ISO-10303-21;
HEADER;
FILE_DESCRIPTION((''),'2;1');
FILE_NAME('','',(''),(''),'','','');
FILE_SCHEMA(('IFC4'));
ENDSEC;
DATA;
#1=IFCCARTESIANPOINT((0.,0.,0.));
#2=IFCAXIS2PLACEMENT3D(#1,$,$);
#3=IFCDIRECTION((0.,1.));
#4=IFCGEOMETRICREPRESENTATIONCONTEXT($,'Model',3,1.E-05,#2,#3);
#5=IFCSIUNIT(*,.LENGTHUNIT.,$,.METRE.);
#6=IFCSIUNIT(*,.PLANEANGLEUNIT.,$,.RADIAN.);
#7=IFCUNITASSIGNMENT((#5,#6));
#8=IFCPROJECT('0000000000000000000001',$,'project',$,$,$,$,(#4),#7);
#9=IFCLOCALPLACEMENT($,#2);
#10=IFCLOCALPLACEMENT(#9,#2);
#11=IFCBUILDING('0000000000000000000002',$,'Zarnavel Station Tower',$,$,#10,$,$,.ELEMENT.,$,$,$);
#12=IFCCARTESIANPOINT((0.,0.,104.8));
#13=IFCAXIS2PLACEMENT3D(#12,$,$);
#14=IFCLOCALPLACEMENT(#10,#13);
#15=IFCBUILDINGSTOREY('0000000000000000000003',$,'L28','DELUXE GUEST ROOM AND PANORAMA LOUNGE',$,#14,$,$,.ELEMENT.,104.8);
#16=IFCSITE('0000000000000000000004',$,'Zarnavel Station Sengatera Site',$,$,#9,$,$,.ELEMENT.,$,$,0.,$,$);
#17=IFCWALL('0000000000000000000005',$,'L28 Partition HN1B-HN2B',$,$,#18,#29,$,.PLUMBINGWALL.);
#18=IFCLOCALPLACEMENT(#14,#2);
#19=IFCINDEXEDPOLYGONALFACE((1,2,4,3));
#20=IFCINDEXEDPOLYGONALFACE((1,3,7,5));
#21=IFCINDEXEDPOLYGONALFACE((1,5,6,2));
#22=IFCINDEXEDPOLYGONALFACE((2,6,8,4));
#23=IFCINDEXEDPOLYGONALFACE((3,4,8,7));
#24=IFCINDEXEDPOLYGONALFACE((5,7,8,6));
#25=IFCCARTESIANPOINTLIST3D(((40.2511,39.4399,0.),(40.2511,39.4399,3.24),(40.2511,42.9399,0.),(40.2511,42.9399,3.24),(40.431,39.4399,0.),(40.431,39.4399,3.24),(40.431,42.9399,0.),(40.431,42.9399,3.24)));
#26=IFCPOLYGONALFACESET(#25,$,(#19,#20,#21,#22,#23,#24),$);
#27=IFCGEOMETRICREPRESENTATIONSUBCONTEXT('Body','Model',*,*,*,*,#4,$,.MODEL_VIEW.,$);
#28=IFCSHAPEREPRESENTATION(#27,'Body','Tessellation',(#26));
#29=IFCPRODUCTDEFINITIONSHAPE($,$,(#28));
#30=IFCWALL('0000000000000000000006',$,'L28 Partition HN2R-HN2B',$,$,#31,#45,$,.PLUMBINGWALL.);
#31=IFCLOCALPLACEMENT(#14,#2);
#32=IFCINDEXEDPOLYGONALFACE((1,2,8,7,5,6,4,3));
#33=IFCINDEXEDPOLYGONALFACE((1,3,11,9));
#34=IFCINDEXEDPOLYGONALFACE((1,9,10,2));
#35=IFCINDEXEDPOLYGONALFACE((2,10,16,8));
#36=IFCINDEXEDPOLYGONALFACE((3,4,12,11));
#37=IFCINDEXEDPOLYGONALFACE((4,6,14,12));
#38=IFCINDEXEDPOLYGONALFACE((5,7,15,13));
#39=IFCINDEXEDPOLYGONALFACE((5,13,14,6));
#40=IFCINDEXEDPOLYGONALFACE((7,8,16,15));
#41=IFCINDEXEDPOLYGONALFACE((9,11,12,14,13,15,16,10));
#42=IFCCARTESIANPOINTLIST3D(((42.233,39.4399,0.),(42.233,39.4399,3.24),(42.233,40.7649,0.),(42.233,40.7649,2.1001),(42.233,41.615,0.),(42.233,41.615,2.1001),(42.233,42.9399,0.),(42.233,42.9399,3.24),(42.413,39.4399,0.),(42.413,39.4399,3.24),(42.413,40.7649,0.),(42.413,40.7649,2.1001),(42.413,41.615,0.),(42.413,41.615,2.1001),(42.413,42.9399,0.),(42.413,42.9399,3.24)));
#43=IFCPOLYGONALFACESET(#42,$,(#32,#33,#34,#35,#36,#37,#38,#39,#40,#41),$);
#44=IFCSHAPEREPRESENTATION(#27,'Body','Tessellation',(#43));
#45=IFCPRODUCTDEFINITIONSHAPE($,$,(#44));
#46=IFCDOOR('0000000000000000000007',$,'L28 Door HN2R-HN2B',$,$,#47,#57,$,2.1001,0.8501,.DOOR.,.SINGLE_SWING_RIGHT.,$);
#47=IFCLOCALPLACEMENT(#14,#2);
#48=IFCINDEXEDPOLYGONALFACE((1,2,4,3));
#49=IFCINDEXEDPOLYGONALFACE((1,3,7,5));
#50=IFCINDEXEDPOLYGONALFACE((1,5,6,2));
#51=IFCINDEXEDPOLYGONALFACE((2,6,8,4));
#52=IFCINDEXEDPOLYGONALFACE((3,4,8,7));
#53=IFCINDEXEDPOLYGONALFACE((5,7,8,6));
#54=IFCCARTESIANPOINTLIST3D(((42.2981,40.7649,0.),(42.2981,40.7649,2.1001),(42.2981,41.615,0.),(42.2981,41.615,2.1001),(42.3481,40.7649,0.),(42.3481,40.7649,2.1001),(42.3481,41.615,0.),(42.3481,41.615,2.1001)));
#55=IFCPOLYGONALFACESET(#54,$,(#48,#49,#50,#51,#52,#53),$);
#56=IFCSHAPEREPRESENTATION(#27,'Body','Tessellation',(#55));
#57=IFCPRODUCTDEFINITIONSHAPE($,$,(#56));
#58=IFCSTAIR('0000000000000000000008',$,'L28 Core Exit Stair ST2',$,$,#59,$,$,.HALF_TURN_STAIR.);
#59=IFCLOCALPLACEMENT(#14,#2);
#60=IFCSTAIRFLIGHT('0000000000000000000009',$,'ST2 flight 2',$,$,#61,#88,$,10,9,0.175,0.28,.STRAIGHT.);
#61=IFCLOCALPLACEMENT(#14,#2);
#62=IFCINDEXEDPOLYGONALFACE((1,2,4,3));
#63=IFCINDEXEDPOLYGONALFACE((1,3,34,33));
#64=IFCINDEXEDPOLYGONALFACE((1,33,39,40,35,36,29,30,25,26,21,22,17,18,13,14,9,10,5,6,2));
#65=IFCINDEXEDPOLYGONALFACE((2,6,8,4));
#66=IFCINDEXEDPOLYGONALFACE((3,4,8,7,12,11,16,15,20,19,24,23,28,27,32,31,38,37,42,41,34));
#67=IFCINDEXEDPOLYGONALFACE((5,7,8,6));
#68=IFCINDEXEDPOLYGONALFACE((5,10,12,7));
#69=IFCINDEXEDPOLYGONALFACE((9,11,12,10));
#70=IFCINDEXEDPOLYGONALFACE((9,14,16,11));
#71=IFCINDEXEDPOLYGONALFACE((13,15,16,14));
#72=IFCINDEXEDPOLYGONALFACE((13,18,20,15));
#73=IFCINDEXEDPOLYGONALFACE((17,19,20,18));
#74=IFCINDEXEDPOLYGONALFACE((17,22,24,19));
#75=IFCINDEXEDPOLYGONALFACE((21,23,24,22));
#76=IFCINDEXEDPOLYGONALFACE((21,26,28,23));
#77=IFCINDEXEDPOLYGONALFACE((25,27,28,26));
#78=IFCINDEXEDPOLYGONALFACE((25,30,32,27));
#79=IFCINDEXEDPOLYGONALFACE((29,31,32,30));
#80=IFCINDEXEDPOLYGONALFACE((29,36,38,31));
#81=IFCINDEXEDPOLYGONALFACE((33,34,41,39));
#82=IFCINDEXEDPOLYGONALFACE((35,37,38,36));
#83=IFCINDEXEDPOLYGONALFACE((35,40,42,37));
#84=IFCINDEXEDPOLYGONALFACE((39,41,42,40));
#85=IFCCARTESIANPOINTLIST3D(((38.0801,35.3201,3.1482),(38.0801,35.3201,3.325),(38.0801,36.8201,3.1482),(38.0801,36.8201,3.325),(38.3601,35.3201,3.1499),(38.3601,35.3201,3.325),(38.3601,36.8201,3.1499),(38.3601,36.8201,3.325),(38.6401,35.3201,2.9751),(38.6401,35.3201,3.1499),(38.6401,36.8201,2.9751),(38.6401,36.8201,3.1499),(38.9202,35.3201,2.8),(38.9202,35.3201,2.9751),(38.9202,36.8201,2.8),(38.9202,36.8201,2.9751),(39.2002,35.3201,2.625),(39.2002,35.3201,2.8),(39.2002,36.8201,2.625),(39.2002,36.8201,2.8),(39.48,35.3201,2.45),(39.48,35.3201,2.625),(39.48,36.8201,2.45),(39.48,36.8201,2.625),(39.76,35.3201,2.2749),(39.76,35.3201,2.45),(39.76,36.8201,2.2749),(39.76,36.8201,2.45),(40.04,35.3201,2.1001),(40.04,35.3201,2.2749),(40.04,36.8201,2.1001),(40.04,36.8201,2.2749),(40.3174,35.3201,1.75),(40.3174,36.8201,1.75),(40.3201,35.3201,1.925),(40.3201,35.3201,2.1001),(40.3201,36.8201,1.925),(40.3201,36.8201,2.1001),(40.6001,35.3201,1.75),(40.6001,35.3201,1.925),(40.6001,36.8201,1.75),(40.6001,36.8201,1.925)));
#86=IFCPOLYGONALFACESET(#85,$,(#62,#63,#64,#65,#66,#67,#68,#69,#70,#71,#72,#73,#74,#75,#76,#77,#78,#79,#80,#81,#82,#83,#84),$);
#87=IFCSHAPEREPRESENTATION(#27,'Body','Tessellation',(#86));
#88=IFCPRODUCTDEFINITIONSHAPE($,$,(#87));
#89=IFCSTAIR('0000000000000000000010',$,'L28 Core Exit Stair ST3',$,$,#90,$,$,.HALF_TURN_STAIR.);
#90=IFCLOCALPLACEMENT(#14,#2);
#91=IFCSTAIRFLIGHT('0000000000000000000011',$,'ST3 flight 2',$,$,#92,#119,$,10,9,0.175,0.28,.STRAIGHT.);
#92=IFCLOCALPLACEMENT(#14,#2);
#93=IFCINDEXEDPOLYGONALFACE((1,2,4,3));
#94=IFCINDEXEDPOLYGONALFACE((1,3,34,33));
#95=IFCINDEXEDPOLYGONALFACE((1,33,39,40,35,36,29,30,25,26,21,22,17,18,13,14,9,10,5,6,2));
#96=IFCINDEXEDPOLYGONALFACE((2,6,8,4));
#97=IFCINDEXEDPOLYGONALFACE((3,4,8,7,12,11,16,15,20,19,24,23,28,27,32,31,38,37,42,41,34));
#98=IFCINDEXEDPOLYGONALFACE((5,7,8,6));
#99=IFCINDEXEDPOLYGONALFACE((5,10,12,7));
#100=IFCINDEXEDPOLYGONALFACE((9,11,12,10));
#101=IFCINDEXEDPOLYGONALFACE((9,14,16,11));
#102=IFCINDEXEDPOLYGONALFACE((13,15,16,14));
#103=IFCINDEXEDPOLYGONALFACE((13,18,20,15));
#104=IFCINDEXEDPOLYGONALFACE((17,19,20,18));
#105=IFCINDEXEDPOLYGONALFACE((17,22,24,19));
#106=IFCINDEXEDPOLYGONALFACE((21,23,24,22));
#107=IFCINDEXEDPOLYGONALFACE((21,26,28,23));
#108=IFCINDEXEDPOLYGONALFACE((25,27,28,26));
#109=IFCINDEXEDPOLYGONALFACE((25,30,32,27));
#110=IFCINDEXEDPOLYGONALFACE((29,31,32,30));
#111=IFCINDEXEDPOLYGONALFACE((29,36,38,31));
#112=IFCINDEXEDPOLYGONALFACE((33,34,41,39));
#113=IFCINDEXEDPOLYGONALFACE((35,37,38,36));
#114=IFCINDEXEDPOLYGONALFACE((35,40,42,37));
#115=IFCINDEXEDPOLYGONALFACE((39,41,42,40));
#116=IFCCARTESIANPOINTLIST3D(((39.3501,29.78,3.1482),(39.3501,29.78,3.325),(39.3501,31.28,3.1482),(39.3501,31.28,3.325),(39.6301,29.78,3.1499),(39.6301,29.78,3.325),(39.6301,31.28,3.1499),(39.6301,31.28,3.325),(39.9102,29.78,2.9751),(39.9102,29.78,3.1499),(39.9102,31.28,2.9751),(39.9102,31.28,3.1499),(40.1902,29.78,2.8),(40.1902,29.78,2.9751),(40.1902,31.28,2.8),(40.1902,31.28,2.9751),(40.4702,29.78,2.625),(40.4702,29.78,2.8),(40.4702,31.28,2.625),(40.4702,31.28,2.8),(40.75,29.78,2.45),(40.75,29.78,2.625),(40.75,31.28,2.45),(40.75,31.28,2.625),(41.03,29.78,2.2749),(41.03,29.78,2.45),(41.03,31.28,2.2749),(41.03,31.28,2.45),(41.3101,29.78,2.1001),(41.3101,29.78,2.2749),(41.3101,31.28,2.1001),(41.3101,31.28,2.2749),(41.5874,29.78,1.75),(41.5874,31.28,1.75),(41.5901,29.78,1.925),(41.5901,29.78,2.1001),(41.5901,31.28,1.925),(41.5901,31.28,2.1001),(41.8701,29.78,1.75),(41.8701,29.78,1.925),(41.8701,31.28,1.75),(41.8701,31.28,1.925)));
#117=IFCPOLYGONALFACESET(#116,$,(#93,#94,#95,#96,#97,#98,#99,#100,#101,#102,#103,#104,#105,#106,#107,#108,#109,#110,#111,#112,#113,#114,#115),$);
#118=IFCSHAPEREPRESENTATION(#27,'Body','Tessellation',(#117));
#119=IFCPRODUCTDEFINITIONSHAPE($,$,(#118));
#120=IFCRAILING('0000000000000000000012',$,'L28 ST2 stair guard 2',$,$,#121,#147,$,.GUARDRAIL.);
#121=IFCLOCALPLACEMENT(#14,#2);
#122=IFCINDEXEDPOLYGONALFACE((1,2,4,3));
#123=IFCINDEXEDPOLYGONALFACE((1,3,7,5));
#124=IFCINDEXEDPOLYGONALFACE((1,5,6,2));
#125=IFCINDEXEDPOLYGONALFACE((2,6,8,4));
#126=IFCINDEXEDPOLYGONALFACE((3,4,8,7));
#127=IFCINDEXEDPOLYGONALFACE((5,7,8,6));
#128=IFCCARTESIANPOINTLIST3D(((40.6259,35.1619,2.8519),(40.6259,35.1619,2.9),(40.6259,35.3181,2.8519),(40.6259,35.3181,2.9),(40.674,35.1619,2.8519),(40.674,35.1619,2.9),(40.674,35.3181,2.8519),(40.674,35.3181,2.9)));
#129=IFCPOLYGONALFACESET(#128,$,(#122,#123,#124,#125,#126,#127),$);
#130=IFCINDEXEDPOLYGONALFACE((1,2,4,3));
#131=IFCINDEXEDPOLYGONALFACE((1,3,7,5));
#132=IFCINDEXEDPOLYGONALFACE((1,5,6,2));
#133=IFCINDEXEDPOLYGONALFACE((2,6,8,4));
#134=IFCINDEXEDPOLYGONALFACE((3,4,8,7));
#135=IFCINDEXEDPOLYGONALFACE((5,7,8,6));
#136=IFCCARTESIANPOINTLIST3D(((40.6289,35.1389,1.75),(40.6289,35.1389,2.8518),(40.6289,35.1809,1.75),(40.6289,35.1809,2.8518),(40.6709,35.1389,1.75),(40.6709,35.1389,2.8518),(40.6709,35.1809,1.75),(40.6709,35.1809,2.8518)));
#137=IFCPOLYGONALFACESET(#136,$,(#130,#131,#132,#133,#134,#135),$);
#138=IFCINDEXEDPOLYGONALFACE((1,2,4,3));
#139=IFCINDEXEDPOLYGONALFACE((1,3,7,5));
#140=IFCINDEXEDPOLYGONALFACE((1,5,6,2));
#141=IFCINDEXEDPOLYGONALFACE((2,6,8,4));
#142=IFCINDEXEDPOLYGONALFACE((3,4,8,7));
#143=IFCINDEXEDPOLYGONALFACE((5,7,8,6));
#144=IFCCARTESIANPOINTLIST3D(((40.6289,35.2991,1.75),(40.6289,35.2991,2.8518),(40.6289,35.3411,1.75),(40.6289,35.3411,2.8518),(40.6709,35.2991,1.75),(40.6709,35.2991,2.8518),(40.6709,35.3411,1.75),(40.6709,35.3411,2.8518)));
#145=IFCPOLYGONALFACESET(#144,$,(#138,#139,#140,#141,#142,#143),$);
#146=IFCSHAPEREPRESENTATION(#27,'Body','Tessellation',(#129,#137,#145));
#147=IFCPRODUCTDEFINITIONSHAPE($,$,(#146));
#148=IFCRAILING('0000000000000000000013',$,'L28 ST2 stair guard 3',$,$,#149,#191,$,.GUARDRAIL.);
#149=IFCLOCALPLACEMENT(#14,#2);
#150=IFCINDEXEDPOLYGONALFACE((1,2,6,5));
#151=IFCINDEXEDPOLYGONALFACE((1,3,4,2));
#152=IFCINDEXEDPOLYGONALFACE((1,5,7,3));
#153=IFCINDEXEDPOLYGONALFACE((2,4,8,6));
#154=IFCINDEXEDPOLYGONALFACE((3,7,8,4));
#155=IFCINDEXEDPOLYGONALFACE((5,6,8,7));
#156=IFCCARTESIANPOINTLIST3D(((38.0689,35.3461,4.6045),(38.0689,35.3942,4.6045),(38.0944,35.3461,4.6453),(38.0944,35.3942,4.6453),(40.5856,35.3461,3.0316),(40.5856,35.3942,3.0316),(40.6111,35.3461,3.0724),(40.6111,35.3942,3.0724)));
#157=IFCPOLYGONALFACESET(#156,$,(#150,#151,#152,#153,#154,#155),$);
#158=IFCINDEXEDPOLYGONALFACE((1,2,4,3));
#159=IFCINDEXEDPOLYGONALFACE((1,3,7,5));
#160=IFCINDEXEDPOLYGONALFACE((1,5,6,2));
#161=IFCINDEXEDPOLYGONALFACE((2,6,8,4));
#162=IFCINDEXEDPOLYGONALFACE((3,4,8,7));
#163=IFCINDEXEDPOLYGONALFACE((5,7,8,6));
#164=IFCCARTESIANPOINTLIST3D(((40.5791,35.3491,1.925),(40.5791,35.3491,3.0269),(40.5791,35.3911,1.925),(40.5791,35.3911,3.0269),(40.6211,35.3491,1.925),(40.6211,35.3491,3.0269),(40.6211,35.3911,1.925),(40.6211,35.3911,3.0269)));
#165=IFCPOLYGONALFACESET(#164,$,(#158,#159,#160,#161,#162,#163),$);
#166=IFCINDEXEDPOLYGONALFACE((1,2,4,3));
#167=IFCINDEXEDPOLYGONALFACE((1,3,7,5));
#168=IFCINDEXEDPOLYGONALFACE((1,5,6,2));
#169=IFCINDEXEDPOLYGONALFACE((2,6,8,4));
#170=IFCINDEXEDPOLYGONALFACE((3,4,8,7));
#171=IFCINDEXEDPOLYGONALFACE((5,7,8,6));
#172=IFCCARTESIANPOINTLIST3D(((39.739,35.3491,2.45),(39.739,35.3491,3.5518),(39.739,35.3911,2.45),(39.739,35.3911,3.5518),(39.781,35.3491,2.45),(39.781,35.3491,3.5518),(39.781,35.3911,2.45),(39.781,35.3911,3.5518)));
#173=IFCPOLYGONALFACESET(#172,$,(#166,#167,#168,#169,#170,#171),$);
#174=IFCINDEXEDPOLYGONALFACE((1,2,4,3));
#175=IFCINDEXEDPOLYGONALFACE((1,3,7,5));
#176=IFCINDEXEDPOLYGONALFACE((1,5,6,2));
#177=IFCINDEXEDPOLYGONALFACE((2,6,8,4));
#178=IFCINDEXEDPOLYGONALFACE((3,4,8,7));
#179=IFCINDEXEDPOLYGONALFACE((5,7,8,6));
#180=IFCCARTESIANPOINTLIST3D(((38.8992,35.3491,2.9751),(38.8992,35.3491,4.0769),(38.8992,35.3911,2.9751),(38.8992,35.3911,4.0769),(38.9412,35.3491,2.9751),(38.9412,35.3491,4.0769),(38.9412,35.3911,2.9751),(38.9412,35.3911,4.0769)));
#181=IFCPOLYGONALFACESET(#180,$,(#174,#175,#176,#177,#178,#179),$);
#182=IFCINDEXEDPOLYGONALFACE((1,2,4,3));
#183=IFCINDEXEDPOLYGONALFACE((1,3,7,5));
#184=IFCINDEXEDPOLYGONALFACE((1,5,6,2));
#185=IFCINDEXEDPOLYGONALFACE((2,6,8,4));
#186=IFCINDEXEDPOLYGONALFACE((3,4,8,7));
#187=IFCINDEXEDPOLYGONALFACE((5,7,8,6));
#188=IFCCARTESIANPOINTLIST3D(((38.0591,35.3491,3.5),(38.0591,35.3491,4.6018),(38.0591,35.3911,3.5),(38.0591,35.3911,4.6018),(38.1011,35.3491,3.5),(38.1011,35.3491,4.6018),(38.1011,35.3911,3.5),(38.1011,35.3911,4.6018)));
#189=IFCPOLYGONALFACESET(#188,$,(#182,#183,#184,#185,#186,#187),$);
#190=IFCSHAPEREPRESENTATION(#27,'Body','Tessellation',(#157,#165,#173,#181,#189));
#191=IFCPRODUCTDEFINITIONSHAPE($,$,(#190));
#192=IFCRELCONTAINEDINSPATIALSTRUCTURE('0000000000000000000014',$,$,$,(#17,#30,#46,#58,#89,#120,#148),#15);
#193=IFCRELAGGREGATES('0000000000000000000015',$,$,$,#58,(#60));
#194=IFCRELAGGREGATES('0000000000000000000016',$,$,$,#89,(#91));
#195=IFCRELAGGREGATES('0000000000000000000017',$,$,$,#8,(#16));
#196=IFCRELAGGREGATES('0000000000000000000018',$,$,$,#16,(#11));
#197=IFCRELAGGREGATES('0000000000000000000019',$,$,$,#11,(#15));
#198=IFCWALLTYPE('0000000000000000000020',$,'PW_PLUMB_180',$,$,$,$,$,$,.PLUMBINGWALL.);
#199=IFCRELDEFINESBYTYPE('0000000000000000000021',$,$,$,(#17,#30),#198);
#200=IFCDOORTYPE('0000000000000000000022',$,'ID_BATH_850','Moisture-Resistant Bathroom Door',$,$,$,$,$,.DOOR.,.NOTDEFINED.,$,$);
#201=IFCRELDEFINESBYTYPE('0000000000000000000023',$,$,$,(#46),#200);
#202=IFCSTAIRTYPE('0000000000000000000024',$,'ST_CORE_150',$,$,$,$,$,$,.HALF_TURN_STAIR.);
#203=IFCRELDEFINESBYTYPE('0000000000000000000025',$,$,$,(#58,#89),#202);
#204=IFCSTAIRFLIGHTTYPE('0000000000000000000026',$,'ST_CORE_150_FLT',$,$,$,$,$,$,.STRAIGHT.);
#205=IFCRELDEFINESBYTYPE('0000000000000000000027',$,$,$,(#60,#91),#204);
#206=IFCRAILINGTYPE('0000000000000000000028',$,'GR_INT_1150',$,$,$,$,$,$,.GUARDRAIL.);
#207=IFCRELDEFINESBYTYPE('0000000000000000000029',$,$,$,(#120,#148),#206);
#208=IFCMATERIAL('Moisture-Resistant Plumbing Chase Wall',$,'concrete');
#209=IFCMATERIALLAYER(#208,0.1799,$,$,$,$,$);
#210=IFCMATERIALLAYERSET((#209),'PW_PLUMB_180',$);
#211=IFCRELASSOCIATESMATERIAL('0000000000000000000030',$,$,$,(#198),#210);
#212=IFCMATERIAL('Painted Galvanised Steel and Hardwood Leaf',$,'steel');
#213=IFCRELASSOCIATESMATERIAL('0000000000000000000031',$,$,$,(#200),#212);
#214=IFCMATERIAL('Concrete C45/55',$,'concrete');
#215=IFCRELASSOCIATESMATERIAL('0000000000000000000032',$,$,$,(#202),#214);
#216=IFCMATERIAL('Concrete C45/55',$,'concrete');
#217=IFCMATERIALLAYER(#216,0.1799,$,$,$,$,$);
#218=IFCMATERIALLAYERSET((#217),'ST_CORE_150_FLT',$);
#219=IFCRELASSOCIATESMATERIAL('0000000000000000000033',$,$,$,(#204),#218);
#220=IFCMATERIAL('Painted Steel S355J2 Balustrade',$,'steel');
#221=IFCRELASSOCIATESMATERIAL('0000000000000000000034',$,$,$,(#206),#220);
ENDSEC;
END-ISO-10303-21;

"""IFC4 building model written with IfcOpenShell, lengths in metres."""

from ifc_helpers import new_model, si_unit, direction, frame, frame_2d, origin, origin_2d, place, context, subcontext, project, spatial, polyline, rectangle, outline, extrude, material, layer, layer_set, type_object, element, fill, aggregate, save


model = new_model("IFC4")

# Units and contexts
model_context = context("Model", 3, precision=1e-05, world=origin(), true_north=direction((0.0, 1.0)))
body_context = subcontext(model_context, "Body", "Model", "MODEL_VIEW")
ifc_project = project(units=[si_unit("LENGTHUNIT", "METRE"), si_unit("PLANEANGLEUNIT", "RADIAN")], contexts=[model_context])

# Site, building, storey
site_placement = place(None, origin())
site = spatial("IfcSite", under=ifc_project, at=site_placement, Name="Zarnavel Station Sengatera Site", CompositionType="ELEMENT", RefElevation=0.0)
building_placement = place(site_placement, origin())
building = spatial("IfcBuilding", under=site, at=building_placement, Name="Zarnavel Station Tower", CompositionType="ELEMENT")
storey_placement = place(building_placement, frame((0.0, 0.0, 104.8)))
storey = spatial("IfcBuildingStorey", under=building, at=storey_placement, Name="L28", Description="DELUXE GUEST ROOM AND PANORAMA LOUNGE", CompositionType="ELEMENT", Elevation=104.8)

# Shared definitions
ifc_material_1 = material(Name="Moisture-Resistant Plumbing Chase Wall", Category="concrete")
ifc_layer_1 = layer(ifc_material_1, 0.1799)
ifc_layer_set_1 = layer_set([ifc_layer_1], Name="PW_PLUMB_180")
wall_type_1 = type_object("IfcWallType", Name="PW_PLUMB_180", PredefinedType="PLUMBINGWALL", material=ifc_layer_set_1)

# Shared definitions
ifc_material_2 = material(Name="Painted Galvanised Steel and Hardwood Leaf", Category="steel")
door_type_1 = type_object("IfcDoorType", Name="ID_BATH_850", Description="Moisture-Resistant Bathroom Door", OperationType="NOTDEFINED", PredefinedType="DOOR", material=ifc_material_2)

# Wall
wall_1_placement = place(storey_placement, frame((40.3411, 39.4399, 0.0), z_axis=(0.0, 0.0, 1.0), x_axis=(0.0, 1.0, 0.0)))
element("IfcWall", 1, at=wall_1_placement, inside=storey, type_object=wall_type_1, Name="L28 Partition HN1B-HN2B", PredefinedType="PLUMBINGWALL", context=body_context, shape_type="SweptSolid", body=[
    extrude(rectangle(XDim=3.5, YDim=0.1799, at=frame_2d((1.75, 0.0))), origin(), (0.0, 0.0, 1.0), 3.24),
])

# Wall, opening, door
wall_2_placement = place(storey_placement, frame((42.323, 39.4399, 0.0), z_axis=(0.0, 0.0, 1.0), x_axis=(0.0, 1.0, 0.0)))
wall_2 = element("IfcWall", 2, at=wall_2_placement, inside=storey, type_object=wall_type_1, Name="L28 Partition HN2R-HN2B", PredefinedType="PLUMBINGWALL", context=body_context, shape_type="SweptSolid", body=[
    extrude(rectangle(XDim=3.5, YDim=0.1799, at=frame_2d((1.75, 0.0))), origin(), (0.0, 0.0, 1.0), 3.24),
])
opening_1_placement = place(wall_2_placement, frame((1.325, 0.0, 0.0)))
opening_1 = element("IfcOpeningElement", 3, at=opening_1_placement, cuts=wall_2, PredefinedType="OPENING", context=body_context, shape_type="SweptSolid", body=[
    extrude(rectangle(XDim=0.8501, YDim=2.1001, at=frame_2d((0.425, 1.05))), frame((0.0, 0.0999, 0.0), z_axis=(0.0, -1.0, 0.0), x_axis=(1.0, 0.0, 0.0)), (0.0, 0.0, 1.0), 0.2),
])
door_1_placement = place(opening_1_placement, origin())
door_1 = element("IfcDoor", 4, at=door_1_placement, inside=storey, type_object=door_type_1, Name="L28 Door HN2R-HN2B", OperationType="SINGLE_SWING_RIGHT", OverallHeight=2.1001, OverallWidth=0.8501, PredefinedType="DOOR", context=body_context, shape_type="SweptSolid", body=[
    extrude(rectangle(XDim=0.8501, YDim=2.1001, at=frame_2d((0.425, 1.05))), frame((0.0, 0.0249, 0.0), z_axis=(0.0, -1.0, 0.0), x_axis=(1.0, 0.0, 0.0)), (0.0, 0.0, 1.0), 0.05),
])
fill(opening_1, door_1)

# Stairs, stair flights
ifc_material_3 = material(Name="Concrete C45/55", Category="concrete")
stair_type = type_object("IfcStairType", Name="ST_CORE_150", PredefinedType="HALF_TURN_STAIR", material=ifc_material_3)
stair_1_placement = place(storey_placement, origin())
stair_1 = element("IfcStair", 5, at=stair_1_placement, inside=storey, type_object=stair_type, Name="L28 Core Exit Stair ST2", PredefinedType="HALF_TURN_STAIR")
ifc_material_4 = material(Name="Concrete C45/55", Category="concrete")
ifc_layer_2 = layer(ifc_material_4, 0.1799)
ifc_layer_set_2 = layer_set([ifc_layer_2], Name="ST_CORE_150_FLT")
stair_flight_type = type_object("IfcStairFlightType", Name="ST_CORE_150_FLT", PredefinedType="STRAIGHT", material=ifc_layer_set_2)
stair_flight_1_placement = place(storey_placement, frame((40.6001, 36.0701, 1.75), z_axis=(0.0, 0.0, 1.0), x_axis=(-1.0, 0.0, 0.0)))
stair_flight_1 = element("IfcStairFlight", 6, at=stair_flight_1_placement, type_object=stair_flight_type, Name="ST2 flight 2", NumberOfRisers=10, NumberOfTreads=9, PredefinedType="STRAIGHT", RiserHeight=0.175, TreadLength=0.28, context=body_context, shape_type="SweptSolid", body=[
    extrude(outline(polyline([(0.0, 0.0), (0.0, 0.175), (0.28, 0.175), (0.28, 0.3501), (0.5601, 0.3501), (0.5601, 0.5249), (0.8401, 0.5249), (0.8401, 0.7), (1.1201, 0.7), (1.1201, 0.875), (1.3999, 0.875), (1.3999, 1.05), (1.6799, 1.05), (1.6799, 1.2251), (1.96, 1.2251), (1.96, 1.3999), (2.24, 1.3999), (2.24, 1.575), (2.52, 1.575), (2.52, 1.75), (2.52, 1.3982), (0.2827, 0.0), (0.0, 0.0)])), frame((0.0, 0.75, 0.0), z_axis=(0.0, -1.0, 0.0), x_axis=(1.0, 0.0, 0.0)), (0.0, 0.0, 1.0), 1.5),
])
aggregate(stair_1, [stair_flight_1])
stair_2_placement = place(storey_placement, origin())
stair_2 = element("IfcStair", 7, at=stair_2_placement, inside=storey, type_object=stair_type, Name="L28 Core Exit Stair ST3", PredefinedType="HALF_TURN_STAIR")
stair_flight_2_placement = place(storey_placement, frame((41.8701, 30.53, 1.75), z_axis=(0.0, 0.0, 1.0), x_axis=(-1.0, 0.0, 0.0)))
stair_flight_2 = element("IfcStairFlight", 8, at=stair_flight_2_placement, type_object=stair_flight_type, Name="ST3 flight 2", NumberOfRisers=10, NumberOfTreads=9, PredefinedType="STRAIGHT", RiserHeight=0.175, TreadLength=0.28, context=body_context, shape_type="SweptSolid", body=[
    extrude(outline(polyline([(0.0, 0.0), (0.0, 0.175), (0.28, 0.175), (0.28, 0.3501), (0.5601, 0.3501), (0.5601, 0.5249), (0.8401, 0.5249), (0.8401, 0.7), (1.1201, 0.7), (1.1201, 0.875), (1.3999, 0.875), (1.3999, 1.05), (1.6799, 1.05), (1.6799, 1.2251), (1.96, 1.2251), (1.96, 1.3999), (2.24, 1.3999), (2.24, 1.575), (2.52, 1.575), (2.52, 1.75), (2.52, 1.3982), (0.2827, 0.0), (0.0, 0.0)])), frame((0.0, 0.75, 0.0), z_axis=(0.0, -1.0, 0.0), x_axis=(1.0, 0.0, 0.0)), (0.0, 0.0, 1.0), 1.5),
])
aggregate(stair_2, [stair_flight_2])

# Railings
ifc_material_5 = material(Name="Painted Steel S355J2 Balustrade", Category="steel")
railing_type_1 = type_object("IfcRailingType", Name="GR_INT_1150", PredefinedType="GUARDRAIL", material=ifc_material_5)
railing_1_placement = place(storey_placement, frame((40.6499, 35.1599, 1.75)))
element("IfcRailing", 9, at=railing_1_placement, inside=storey, type_object=railing_type_1, Name="L28 ST2 stair guard 2", PredefinedType="GUARDRAIL", context=body_context, shape_type="SweptSolid", body=[
    extrude(rectangle(XDim=0.0481, YDim=0.0481, at=origin_2d()), frame((0.0, 0.002, 1.126), z_axis=(0.0, 1.0, 0.0), x_axis=(-1.0, 0.0, 0.0)), (0.0, 0.0, 1.0), 0.1562),
    extrude(rectangle(XDim=0.042, YDim=0.042, at=origin_2d()), origin(), (0.0, 0.0, 1.0), 1.1018),
    extrude(rectangle(XDim=0.042, YDim=0.042, at=origin_2d()), frame((0.0, 0.1602, 0.0)), (0.0, 0.0, 1.0), 1.1018),
])
railing_2_placement = place(storey_placement, frame((40.6001, 35.3701, 1.925)))
element("IfcRailing", 10, at=railing_2_placement, inside=storey, type_object=railing_type_1, Name="L28 ST2 stair guard 3", PredefinedType="GUARDRAIL", context=body_context, shape_type="SweptSolid", body=[
    extrude(rectangle(XDim=0.0481, YDim=0.0481, at=origin_2d()), frame((-0.0017, 0.0, 1.127), z_axis=(-0.848008, 0.0, 0.529984), x_axis=(0.0, -1.0, 0.0)), (0.0, 0.0, 1.0), 2.9678),
    extrude(rectangle(XDim=0.042, YDim=0.042, at=origin_2d()), origin(), (0.0, 0.0, 1.0), 1.1018),
    extrude(rectangle(XDim=0.042, YDim=0.042, at=origin_2d()), frame((-0.8401, 0.0, 0.5249)), (0.0, 0.0, 1.0), 1.1018),
    extrude(rectangle(XDim=0.042, YDim=0.042, at=origin_2d()), frame((-1.6799, 0.0, 1.05)), (0.0, 0.0, 1.0), 1.1018),
    extrude(rectangle(XDim=0.042, YDim=0.042, at=origin_2d()), frame((-2.52, 0.0, 1.575)), (0.0, 0.0, 1.0), 1.1018),
])

save(model, "model.ifc")
